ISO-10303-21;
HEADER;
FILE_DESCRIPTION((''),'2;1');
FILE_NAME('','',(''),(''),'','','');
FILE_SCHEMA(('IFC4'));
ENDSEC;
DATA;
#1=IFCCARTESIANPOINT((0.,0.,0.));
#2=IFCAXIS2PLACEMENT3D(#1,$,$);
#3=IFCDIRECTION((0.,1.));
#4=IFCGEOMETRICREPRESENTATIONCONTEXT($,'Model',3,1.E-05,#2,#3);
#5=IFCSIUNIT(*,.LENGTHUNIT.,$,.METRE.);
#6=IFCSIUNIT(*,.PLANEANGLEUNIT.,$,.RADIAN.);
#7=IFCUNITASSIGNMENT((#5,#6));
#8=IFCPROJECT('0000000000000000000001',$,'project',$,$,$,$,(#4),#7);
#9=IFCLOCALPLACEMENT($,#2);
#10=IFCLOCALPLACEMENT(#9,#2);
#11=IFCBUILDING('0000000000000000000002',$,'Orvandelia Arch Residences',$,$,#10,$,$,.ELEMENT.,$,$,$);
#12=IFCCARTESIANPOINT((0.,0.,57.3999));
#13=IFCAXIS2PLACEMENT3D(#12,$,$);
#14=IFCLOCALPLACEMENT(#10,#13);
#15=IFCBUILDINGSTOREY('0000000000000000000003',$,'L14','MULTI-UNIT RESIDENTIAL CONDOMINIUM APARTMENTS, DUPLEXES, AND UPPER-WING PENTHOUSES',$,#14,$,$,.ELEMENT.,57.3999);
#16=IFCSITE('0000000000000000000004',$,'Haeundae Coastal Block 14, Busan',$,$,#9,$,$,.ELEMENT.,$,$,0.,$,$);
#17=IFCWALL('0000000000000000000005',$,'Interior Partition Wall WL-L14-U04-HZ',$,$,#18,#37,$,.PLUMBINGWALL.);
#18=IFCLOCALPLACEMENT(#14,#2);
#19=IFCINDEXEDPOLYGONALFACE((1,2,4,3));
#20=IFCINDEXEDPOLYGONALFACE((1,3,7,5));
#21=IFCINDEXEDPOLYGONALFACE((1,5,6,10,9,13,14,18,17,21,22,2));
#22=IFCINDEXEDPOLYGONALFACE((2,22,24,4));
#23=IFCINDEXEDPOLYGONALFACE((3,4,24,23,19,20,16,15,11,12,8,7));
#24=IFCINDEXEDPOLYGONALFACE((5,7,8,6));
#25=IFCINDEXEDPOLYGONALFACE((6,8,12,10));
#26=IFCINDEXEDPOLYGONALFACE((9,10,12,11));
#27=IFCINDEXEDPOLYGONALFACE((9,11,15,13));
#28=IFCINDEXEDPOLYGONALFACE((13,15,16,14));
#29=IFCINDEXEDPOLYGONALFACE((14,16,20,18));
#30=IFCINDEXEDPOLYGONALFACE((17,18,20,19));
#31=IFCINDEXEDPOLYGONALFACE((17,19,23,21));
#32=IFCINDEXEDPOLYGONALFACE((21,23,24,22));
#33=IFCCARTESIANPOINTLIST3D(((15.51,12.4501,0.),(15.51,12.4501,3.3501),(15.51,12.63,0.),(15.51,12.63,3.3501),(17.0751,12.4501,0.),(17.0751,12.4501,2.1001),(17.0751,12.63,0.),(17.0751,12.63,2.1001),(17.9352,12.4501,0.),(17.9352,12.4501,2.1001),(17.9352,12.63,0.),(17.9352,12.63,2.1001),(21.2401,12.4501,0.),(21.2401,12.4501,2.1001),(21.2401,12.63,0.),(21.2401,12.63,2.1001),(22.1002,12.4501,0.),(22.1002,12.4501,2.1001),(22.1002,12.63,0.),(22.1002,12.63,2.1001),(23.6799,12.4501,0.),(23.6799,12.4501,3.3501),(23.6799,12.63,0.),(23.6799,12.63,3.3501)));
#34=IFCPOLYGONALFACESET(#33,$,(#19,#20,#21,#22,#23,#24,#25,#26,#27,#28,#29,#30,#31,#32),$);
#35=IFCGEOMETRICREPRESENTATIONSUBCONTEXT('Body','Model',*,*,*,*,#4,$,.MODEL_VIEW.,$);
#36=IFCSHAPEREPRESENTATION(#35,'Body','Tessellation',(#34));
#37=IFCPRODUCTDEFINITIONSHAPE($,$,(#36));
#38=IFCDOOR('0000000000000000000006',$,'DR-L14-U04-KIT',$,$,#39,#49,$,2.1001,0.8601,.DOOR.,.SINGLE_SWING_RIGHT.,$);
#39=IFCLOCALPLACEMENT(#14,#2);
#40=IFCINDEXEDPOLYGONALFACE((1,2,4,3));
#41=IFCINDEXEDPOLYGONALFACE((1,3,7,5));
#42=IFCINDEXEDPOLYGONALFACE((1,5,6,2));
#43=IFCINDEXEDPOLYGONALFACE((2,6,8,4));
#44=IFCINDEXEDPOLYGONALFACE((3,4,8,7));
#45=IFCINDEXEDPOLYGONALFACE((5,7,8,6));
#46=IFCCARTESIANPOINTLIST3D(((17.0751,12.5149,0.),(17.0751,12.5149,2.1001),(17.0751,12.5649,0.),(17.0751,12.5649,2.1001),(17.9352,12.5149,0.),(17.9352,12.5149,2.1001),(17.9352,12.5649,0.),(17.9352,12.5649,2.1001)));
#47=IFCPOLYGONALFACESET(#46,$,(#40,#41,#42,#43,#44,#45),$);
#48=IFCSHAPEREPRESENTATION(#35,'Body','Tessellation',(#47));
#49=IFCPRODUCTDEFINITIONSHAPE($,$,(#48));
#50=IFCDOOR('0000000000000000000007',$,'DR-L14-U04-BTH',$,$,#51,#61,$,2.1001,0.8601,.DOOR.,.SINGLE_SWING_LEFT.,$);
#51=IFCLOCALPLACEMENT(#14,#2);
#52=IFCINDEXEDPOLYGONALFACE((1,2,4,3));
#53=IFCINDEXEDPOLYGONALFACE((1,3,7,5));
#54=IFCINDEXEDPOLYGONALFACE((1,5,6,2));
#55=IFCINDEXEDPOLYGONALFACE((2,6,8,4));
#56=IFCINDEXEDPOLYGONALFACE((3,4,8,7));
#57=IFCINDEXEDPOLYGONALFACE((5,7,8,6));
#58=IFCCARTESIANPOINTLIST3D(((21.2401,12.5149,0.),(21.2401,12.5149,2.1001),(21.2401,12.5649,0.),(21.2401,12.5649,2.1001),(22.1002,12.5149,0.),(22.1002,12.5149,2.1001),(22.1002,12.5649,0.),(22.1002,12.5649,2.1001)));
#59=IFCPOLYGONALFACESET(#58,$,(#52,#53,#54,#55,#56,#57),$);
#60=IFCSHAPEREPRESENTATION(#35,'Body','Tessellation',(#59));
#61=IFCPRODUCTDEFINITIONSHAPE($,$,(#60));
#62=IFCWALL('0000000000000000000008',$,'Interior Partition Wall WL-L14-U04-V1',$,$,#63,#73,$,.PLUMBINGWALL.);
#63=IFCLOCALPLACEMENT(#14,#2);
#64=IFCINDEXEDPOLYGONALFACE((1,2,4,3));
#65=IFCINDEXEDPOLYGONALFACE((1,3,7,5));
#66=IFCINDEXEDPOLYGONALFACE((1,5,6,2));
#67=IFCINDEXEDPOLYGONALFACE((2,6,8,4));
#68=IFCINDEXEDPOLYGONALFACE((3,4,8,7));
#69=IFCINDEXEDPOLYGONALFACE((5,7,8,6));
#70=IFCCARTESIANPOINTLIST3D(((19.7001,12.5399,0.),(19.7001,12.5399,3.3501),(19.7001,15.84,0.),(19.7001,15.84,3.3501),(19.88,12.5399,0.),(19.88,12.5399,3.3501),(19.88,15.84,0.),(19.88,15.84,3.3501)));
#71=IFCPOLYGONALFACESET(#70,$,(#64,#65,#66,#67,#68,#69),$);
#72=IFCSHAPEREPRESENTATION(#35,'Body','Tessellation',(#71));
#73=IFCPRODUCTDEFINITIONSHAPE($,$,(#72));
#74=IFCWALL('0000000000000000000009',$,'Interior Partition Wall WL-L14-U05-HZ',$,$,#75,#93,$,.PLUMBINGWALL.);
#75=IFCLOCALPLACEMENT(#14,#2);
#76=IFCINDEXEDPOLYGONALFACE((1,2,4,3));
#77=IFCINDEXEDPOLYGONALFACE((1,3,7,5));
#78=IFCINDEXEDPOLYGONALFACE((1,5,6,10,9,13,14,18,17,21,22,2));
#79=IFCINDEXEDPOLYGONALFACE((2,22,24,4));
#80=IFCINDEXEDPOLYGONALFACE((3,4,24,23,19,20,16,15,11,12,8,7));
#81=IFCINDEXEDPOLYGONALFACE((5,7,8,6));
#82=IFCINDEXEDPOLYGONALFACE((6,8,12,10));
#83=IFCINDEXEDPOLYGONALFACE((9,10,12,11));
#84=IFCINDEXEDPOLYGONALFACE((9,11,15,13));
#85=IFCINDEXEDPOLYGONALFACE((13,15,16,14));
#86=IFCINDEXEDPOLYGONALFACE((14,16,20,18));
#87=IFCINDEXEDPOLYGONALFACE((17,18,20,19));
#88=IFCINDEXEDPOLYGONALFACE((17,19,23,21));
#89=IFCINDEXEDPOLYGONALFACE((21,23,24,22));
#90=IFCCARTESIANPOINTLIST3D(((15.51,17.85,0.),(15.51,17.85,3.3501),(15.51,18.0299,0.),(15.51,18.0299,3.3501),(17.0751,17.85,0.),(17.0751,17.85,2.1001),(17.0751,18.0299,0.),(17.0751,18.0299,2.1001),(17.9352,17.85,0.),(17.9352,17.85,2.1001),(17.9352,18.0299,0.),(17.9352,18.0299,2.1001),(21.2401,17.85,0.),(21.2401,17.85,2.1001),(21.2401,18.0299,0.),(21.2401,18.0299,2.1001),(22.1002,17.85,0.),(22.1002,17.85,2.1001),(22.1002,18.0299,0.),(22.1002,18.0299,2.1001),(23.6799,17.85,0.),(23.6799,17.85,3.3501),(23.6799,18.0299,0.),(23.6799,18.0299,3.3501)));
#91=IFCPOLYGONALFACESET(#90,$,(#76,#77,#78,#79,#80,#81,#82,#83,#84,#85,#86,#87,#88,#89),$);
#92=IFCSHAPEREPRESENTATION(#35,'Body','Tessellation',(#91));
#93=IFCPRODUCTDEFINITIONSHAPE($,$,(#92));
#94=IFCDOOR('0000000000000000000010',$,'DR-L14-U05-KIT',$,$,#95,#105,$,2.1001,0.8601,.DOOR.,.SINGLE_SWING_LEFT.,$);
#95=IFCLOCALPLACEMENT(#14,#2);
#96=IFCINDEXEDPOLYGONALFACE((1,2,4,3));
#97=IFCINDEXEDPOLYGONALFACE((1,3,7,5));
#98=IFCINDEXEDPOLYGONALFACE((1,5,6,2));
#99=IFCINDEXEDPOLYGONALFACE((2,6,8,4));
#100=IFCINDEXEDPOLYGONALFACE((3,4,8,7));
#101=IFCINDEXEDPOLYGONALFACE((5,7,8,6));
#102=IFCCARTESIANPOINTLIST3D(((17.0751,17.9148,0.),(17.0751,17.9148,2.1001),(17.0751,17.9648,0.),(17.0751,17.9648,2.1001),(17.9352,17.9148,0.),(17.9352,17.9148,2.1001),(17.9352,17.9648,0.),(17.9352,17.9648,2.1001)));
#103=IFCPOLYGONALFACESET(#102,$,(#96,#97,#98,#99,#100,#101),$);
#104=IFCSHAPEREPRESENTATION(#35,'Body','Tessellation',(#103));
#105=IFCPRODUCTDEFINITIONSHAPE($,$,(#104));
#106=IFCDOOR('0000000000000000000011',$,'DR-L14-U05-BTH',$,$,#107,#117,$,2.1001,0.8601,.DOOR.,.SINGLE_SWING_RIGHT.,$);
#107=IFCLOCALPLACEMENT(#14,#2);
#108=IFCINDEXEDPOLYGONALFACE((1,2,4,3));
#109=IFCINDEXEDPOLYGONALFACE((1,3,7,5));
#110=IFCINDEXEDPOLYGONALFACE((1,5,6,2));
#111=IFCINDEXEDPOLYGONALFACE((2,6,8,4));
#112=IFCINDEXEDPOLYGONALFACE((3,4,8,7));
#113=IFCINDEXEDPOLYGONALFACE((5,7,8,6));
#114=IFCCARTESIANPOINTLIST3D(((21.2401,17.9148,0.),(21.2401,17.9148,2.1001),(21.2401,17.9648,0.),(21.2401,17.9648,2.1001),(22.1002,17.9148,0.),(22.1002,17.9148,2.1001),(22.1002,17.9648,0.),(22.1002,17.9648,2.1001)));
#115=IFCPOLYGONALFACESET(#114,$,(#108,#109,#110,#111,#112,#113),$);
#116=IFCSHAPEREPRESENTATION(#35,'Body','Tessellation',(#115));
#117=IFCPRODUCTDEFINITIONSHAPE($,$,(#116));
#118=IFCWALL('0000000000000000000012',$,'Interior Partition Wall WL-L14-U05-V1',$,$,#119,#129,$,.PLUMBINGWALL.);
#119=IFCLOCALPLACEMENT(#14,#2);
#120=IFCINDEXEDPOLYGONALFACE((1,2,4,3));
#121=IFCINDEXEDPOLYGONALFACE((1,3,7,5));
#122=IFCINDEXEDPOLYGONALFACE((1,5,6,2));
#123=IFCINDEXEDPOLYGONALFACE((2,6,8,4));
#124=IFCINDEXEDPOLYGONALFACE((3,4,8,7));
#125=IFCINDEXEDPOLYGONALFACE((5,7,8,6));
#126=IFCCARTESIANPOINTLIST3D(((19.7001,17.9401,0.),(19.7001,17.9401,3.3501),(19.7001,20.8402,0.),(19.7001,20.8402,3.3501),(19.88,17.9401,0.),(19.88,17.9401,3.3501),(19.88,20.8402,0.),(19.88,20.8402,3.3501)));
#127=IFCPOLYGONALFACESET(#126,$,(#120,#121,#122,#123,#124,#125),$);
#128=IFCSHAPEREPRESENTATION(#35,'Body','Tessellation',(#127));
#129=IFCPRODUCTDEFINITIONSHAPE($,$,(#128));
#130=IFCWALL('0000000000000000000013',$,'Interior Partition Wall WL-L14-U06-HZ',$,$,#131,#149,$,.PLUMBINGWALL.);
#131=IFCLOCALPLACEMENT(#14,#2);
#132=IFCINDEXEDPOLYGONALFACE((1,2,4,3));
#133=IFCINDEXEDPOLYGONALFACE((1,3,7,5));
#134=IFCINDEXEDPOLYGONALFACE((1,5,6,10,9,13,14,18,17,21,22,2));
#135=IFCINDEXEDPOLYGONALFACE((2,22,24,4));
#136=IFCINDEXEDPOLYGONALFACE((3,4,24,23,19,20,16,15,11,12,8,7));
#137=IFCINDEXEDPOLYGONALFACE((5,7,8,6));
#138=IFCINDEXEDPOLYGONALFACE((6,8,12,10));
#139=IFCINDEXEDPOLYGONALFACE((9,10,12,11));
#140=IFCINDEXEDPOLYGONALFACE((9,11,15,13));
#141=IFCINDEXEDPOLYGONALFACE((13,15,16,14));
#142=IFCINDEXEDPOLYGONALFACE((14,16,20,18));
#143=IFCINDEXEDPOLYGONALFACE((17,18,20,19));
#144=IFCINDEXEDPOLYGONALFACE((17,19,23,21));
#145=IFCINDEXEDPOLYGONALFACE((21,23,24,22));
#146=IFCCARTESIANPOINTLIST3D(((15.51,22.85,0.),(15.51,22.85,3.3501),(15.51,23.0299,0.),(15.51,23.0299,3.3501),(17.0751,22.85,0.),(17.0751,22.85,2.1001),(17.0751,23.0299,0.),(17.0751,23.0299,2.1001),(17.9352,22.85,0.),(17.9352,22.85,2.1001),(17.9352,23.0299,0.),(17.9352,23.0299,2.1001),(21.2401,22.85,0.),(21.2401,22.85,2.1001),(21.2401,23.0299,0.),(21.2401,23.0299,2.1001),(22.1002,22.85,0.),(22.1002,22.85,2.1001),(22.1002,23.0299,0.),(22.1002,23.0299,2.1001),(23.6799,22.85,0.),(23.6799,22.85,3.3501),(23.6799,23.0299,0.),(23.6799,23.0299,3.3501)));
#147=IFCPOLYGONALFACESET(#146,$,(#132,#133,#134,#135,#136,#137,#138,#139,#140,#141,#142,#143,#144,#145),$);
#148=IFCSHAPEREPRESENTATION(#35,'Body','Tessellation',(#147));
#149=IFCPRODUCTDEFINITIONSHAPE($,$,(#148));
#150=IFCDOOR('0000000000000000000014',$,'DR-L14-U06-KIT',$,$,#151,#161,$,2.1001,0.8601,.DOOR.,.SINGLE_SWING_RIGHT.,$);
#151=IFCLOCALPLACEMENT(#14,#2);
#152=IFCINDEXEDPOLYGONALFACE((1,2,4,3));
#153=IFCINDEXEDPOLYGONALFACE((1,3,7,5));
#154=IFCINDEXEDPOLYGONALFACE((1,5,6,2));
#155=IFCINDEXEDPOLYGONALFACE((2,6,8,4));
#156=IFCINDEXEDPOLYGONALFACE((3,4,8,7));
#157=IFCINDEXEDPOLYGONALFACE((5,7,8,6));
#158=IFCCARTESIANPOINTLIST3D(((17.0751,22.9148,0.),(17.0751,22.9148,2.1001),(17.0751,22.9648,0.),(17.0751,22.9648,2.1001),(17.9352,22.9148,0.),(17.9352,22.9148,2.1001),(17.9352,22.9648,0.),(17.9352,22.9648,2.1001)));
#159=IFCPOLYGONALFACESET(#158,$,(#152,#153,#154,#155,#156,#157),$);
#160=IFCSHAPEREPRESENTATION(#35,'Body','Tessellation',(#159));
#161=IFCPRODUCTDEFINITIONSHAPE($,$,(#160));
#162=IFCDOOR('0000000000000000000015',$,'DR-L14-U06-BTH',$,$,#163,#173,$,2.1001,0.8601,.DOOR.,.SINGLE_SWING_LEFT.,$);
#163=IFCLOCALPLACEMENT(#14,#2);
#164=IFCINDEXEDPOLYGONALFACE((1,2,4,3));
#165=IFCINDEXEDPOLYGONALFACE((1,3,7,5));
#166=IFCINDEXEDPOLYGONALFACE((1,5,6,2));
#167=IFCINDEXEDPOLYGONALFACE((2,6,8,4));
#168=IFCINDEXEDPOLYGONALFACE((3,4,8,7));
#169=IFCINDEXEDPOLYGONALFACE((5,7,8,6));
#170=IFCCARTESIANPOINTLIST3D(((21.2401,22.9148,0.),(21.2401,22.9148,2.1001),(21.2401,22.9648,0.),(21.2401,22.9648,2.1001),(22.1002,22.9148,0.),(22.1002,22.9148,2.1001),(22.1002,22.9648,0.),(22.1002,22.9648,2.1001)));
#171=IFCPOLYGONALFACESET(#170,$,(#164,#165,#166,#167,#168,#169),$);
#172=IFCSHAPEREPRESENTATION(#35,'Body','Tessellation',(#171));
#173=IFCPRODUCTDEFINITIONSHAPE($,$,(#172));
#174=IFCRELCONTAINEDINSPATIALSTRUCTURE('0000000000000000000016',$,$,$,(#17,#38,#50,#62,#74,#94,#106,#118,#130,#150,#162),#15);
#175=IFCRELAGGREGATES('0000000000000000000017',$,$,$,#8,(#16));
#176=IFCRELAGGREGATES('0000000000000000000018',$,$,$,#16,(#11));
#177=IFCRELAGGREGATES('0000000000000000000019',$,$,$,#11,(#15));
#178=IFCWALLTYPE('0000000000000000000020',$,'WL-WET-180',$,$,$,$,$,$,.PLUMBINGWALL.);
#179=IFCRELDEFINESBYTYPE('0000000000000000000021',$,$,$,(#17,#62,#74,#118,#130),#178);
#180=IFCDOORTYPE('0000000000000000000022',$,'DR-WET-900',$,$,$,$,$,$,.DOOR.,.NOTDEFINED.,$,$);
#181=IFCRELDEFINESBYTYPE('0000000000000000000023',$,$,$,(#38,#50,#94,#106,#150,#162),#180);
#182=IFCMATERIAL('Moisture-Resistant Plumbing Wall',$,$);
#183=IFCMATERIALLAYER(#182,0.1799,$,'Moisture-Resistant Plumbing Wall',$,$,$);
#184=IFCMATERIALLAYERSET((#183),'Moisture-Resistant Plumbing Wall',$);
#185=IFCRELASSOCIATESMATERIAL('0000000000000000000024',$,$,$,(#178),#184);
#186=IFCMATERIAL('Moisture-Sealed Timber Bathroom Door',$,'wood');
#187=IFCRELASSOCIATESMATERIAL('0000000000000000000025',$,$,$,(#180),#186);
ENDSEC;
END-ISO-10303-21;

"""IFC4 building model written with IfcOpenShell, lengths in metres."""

from ifc_helpers import new_model, si_unit, direction, frame, frame_2d, origin, place, context, subcontext, project, spatial, rectangle, extrude, material, layer, layer_set, type_object, element, fill, save


model = new_model("IFC4")

# Units and contexts
model_context = context("Model", 3, precision=1e-05, world=origin(), true_north=direction((0.0, 1.0)))
body_context = subcontext(model_context, "Body", "Model", "MODEL_VIEW")
ifc_project = project(units=[si_unit("LENGTHUNIT", "METRE"), si_unit("PLANEANGLEUNIT", "RADIAN")], contexts=[model_context])

# Site, building, storey
site_placement = place(None, origin())
site = spatial("IfcSite", under=ifc_project, at=site_placement, Name="Haeundae Coastal Block 14, Busan", CompositionType="ELEMENT", RefElevation=0.0)
building_placement = place(site_placement, origin())
building = spatial("IfcBuilding", under=site, at=building_placement, Name="Orvandelia Arch Residences", CompositionType="ELEMENT")
storey_placement = place(building_placement, frame((0.0, 0.0, 57.3999)))
storey = spatial("IfcBuildingStorey", under=building, at=storey_placement, Name="L14", Description="MULTI-UNIT RESIDENTIAL CONDOMINIUM APARTMENTS, DUPLEXES, AND UPPER-WING PENTHOUSES", CompositionType="ELEMENT", Elevation=57.3999)

# Shared definitions
ifc_material_1 = material(Name="Moisture-Resistant Plumbing Wall")
ifc_layer_1 = layer(ifc_material_1, 0.1799, Name="Moisture-Resistant Plumbing Wall")
ifc_layer_set_1 = layer_set([ifc_layer_1], Name="Moisture-Resistant Plumbing Wall")
wall_type_1 = type_object("IfcWallType", Name="WL-WET-180", PredefinedType="PLUMBINGWALL", material=ifc_layer_set_1)

# Wall, openings, doors
wall_1_placement = place(storey_placement, frame((15.51, 12.54, 0.0), z_axis=(0.0, 0.0, 1.0), x_axis=(1.0, 0.0, 0.0)))
wall_1 = element("IfcWall", 1, at=wall_1_placement, inside=storey, type_object=wall_type_1, Name="Interior Partition Wall WL-L14-U04-HZ", PredefinedType="PLUMBINGWALL", context=body_context, shape_type="SweptSolid", body=[
    extrude(rectangle(XDim=8.1699, YDim=0.1799, at=frame_2d((4.085, 0.0))), origin(), (0.0, 0.0, 1.0), 3.3501),
])
opening_1_placement = place(wall_1_placement, frame((1.5649, 0.0, 0.0)))
opening_1 = element("IfcOpeningElement", 2, at=opening_1_placement, cuts=wall_1, PredefinedType="OPENING", context=body_context, shape_type="SweptSolid", body=[
    extrude(rectangle(XDim=0.8601, YDim=2.1001, at=frame_2d((0.4302, 1.05))), frame((0.0, 0.1001, 0.0), z_axis=(0.0, -1.0, 0.0), x_axis=(1.0, 0.0, 0.0)), (0.0, 0.0, 1.0), 0.2),
])
opening_2_placement = place(wall_1_placement, frame((5.73, 0.0, 0.0)))
opening_2 = element("IfcOpeningElement", 3, at=opening_2_placement, cuts=wall_1, PredefinedType="OPENING", context=body_context, shape_type="SweptSolid", body=[
    extrude(rectangle(XDim=0.8601, YDim=2.1001, at=frame_2d((0.4302, 1.05))), frame((0.0, 0.1001, 0.0), z_axis=(0.0, -1.0, 0.0), x_axis=(1.0, 0.0, 0.0)), (0.0, 0.0, 1.0), 0.2),
])
ifc_material_2 = material(Name="Moisture-Sealed Timber Bathroom Door", Category="wood")
door_type_1 = type_object("IfcDoorType", Name="DR-WET-900", OperationType="NOTDEFINED", PredefinedType="DOOR", material=ifc_material_2)
door_1_placement = place(opening_1_placement, origin())
door_1 = element("IfcDoor", 4, at=door_1_placement, inside=storey, type_object=door_type_1, Name="DR-L14-U04-KIT", OperationType="SINGLE_SWING_RIGHT", OverallHeight=2.1001, OverallWidth=0.8601, PredefinedType="DOOR", context=body_context, shape_type="SweptSolid", body=[
    extrude(rectangle(XDim=0.8601, YDim=2.1001, at=frame_2d((0.4302, 1.05))), frame((0.0, 0.0249, 0.0), z_axis=(0.0, -1.0, 0.0), x_axis=(1.0, 0.0, 0.0)), (0.0, 0.0, 1.0), 0.05),
])
fill(opening_1, door_1)
door_2_placement = place(opening_2_placement, origin())
door_2 = element("IfcDoor", 5, at=door_2_placement, inside=storey, type_object=door_type_1, Name="DR-L14-U04-BTH", OperationType="SINGLE_SWING_LEFT", OverallHeight=2.1001, OverallWidth=0.8601, PredefinedType="DOOR", context=body_context, shape_type="SweptSolid", body=[
    extrude(rectangle(XDim=0.8601, YDim=2.1001, at=frame_2d((0.4302, 1.05))), frame((0.0, 0.0249, 0.0), z_axis=(0.0, -1.0, 0.0), x_axis=(1.0, 0.0, 0.0)), (0.0, 0.0, 1.0), 0.05),
])
fill(opening_2, door_2)

# Wall
wall_2_placement = place(storey_placement, frame((19.79, 12.54, 0.0), z_axis=(0.0, 0.0, 1.0), x_axis=(0.0, 1.0, 0.0)))
element("IfcWall", 6, at=wall_2_placement, inside=storey, type_object=wall_type_1, Name="Interior Partition Wall WL-L14-U04-V1", PredefinedType="PLUMBINGWALL", context=body_context, shape_type="SweptSolid", body=[
    extrude(rectangle(XDim=3.3, YDim=0.1799, at=frame_2d((1.6499, 0.0))), origin(), (0.0, 0.0, 1.0), 3.3501),
])

# Wall, openings, doors
wall_3_placement = place(storey_placement, frame((15.51, 17.9399, 0.0), z_axis=(0.0, 0.0, 1.0), x_axis=(1.0, 0.0, 0.0)))
wall_3 = element("IfcWall", 7, at=wall_3_placement, inside=storey, type_object=wall_type_1, Name="Interior Partition Wall WL-L14-U05-HZ", PredefinedType="PLUMBINGWALL", context=body_context, shape_type="SweptSolid", body=[
    extrude(rectangle(XDim=8.1699, YDim=0.1799, at=frame_2d((4.085, 0.0))), origin(), (0.0, 0.0, 1.0), 3.3501),
])
opening_3_placement = place(wall_3_placement, frame((1.5649, 0.0, 0.0)))
opening_3 = element("IfcOpeningElement", 8, at=opening_3_placement, cuts=wall_3, PredefinedType="OPENING", context=body_context, shape_type="SweptSolid", body=[
    extrude(rectangle(XDim=0.8601, YDim=2.1001, at=frame_2d((0.4302, 1.05))), frame((0.0, 0.1001, 0.0), z_axis=(0.0, -1.0, 0.0), x_axis=(1.0, 0.0, 0.0)), (0.0, 0.0, 1.0), 0.2),
])
opening_4_placement = place(wall_3_placement, frame((5.73, 0.0, 0.0)))
opening_4 = element("IfcOpeningElement", 9, at=opening_4_placement, cuts=wall_3, PredefinedType="OPENING", context=body_context, shape_type="SweptSolid", body=[
    extrude(rectangle(XDim=0.8601, YDim=2.1001, at=frame_2d((0.4302, 1.05))), frame((0.0, 0.1001, 0.0), z_axis=(0.0, -1.0, 0.0), x_axis=(1.0, 0.0, 0.0)), (0.0, 0.0, 1.0), 0.2),
])
door_3_placement = place(opening_3_placement, origin())
door_3 = element("IfcDoor", 10, at=door_3_placement, inside=storey, type_object=door_type_1, Name="DR-L14-U05-KIT", OperationType="SINGLE_SWING_LEFT", OverallHeight=2.1001, OverallWidth=0.8601, PredefinedType="DOOR", context=body_context, shape_type="SweptSolid", body=[
    extrude(rectangle(XDim=0.8601, YDim=2.1001, at=frame_2d((0.4302, 1.05))), frame((0.0, 0.0249, 0.0), z_axis=(0.0, -1.0, 0.0), x_axis=(1.0, 0.0, 0.0)), (0.0, 0.0, 1.0), 0.05),
])
fill(opening_3, door_3)
door_4_placement = place(opening_4_placement, origin())
door_4 = element("IfcDoor", 11, at=door_4_placement, inside=storey, type_object=door_type_1, Name="DR-L14-U05-BTH", OperationType="SINGLE_SWING_RIGHT", OverallHeight=2.1001, OverallWidth=0.8601, PredefinedType="DOOR", context=body_context, shape_type="SweptSolid", body=[
    extrude(rectangle(XDim=0.8601, YDim=2.1001, at=frame_2d((0.4302, 1.05))), frame((0.0, 0.0249, 0.0), z_axis=(0.0, -1.0, 0.0), x_axis=(1.0, 0.0, 0.0)), (0.0, 0.0, 1.0), 0.05),
])
fill(opening_4, door_4)

# Wall
wall_4_placement = place(storey_placement, frame((19.79, 17.9399, 0.0), z_axis=(0.0, 0.0, 1.0), x_axis=(0.0, 1.0, 0.0)))
element("IfcWall", 12, at=wall_4_placement, inside=storey, type_object=wall_type_1, Name="Interior Partition Wall WL-L14-U05-V1", PredefinedType="PLUMBINGWALL", context=body_context, shape_type="SweptSolid", body=[
    extrude(rectangle(XDim=2.9001, YDim=0.1799, at=frame_2d((1.4502, 0.0))), origin(), (0.0, 0.0, 1.0), 3.3501),
])

# Wall, openings, doors
wall_5_placement = place(storey_placement, frame((15.51, 22.9399, 0.0), z_axis=(0.0, 0.0, 1.0), x_axis=(1.0, 0.0, 0.0)))
wall_5 = element("IfcWall", 13, at=wall_5_placement, inside=storey, type_object=wall_type_1, Name="Interior Partition Wall WL-L14-U06-HZ", PredefinedType="PLUMBINGWALL", context=body_context, shape_type="SweptSolid", body=[
    extrude(rectangle(XDim=8.1699, YDim=0.1799, at=frame_2d((4.085, 0.0))), origin(), (0.0, 0.0, 1.0), 3.3501),
])
opening_5_placement = place(wall_5_placement, frame((1.5649, 0.0, 0.0)))
opening_5 = element("IfcOpeningElement", 14, at=opening_5_placement, cuts=wall_5, PredefinedType="OPENING", context=body_context, shape_type="SweptSolid", body=[
    extrude(rectangle(XDim=0.8601, YDim=2.1001, at=frame_2d((0.4302, 1.05))), frame((0.0, 0.1001, 0.0), z_axis=(0.0, -1.0, 0.0), x_axis=(1.0, 0.0, 0.0)), (0.0, 0.0, 1.0), 0.2),
])
opening_6_placement = place(wall_5_placement, frame((5.73, 0.0, 0.0)))
opening_6 = element("IfcOpeningElement", 15, at=opening_6_placement, cuts=wall_5, PredefinedType="OPENING", context=body_context, shape_type="SweptSolid", body=[
    extrude(rectangle(XDim=0.8601, YDim=2.1001, at=frame_2d((0.4302, 1.05))), frame((0.0, 0.1001, 0.0), z_axis=(0.0, -1.0, 0.0), x_axis=(1.0, 0.0, 0.0)), (0.0, 0.0, 1.0), 0.2),
])
door_5_placement = place(opening_5_placement, origin())
door_5 = element("IfcDoor", 16, at=door_5_placement, inside=storey, type_object=door_type_1, Name="DR-L14-U06-KIT", OperationType="SINGLE_SWING_RIGHT", OverallHeight=2.1001, OverallWidth=0.8601, PredefinedType="DOOR", context=body_context, shape_type="SweptSolid", body=[
    extrude(rectangle(XDim=0.8601, YDim=2.1001, at=frame_2d((0.4302, 1.05))), frame((0.0, 0.0249, 0.0), z_axis=(0.0, -1.0, 0.0), x_axis=(1.0, 0.0, 0.0)), (0.0, 0.0, 1.0), 0.05),
])
fill(opening_5, door_5)
door_6_placement = place(opening_6_placement, origin())
door_6 = element("IfcDoor", 17, at=door_6_placement, inside=storey, type_object=door_type_1, Name="DR-L14-U06-BTH", OperationType="SINGLE_SWING_LEFT", OverallHeight=2.1001, OverallWidth=0.8601, PredefinedType="DOOR", context=body_context, shape_type="SweptSolid", body=[
    extrude(rectangle(XDim=0.8601, YDim=2.1001, at=frame_2d((0.4302, 1.05))), frame((0.0, 0.0249, 0.0), z_axis=(0.0, -1.0, 0.0), x_axis=(1.0, 0.0, 0.0)), (0.0, 0.0, 1.0), 0.05),
])
fill(opening_6, door_6)

save(model, "model.ifc")
